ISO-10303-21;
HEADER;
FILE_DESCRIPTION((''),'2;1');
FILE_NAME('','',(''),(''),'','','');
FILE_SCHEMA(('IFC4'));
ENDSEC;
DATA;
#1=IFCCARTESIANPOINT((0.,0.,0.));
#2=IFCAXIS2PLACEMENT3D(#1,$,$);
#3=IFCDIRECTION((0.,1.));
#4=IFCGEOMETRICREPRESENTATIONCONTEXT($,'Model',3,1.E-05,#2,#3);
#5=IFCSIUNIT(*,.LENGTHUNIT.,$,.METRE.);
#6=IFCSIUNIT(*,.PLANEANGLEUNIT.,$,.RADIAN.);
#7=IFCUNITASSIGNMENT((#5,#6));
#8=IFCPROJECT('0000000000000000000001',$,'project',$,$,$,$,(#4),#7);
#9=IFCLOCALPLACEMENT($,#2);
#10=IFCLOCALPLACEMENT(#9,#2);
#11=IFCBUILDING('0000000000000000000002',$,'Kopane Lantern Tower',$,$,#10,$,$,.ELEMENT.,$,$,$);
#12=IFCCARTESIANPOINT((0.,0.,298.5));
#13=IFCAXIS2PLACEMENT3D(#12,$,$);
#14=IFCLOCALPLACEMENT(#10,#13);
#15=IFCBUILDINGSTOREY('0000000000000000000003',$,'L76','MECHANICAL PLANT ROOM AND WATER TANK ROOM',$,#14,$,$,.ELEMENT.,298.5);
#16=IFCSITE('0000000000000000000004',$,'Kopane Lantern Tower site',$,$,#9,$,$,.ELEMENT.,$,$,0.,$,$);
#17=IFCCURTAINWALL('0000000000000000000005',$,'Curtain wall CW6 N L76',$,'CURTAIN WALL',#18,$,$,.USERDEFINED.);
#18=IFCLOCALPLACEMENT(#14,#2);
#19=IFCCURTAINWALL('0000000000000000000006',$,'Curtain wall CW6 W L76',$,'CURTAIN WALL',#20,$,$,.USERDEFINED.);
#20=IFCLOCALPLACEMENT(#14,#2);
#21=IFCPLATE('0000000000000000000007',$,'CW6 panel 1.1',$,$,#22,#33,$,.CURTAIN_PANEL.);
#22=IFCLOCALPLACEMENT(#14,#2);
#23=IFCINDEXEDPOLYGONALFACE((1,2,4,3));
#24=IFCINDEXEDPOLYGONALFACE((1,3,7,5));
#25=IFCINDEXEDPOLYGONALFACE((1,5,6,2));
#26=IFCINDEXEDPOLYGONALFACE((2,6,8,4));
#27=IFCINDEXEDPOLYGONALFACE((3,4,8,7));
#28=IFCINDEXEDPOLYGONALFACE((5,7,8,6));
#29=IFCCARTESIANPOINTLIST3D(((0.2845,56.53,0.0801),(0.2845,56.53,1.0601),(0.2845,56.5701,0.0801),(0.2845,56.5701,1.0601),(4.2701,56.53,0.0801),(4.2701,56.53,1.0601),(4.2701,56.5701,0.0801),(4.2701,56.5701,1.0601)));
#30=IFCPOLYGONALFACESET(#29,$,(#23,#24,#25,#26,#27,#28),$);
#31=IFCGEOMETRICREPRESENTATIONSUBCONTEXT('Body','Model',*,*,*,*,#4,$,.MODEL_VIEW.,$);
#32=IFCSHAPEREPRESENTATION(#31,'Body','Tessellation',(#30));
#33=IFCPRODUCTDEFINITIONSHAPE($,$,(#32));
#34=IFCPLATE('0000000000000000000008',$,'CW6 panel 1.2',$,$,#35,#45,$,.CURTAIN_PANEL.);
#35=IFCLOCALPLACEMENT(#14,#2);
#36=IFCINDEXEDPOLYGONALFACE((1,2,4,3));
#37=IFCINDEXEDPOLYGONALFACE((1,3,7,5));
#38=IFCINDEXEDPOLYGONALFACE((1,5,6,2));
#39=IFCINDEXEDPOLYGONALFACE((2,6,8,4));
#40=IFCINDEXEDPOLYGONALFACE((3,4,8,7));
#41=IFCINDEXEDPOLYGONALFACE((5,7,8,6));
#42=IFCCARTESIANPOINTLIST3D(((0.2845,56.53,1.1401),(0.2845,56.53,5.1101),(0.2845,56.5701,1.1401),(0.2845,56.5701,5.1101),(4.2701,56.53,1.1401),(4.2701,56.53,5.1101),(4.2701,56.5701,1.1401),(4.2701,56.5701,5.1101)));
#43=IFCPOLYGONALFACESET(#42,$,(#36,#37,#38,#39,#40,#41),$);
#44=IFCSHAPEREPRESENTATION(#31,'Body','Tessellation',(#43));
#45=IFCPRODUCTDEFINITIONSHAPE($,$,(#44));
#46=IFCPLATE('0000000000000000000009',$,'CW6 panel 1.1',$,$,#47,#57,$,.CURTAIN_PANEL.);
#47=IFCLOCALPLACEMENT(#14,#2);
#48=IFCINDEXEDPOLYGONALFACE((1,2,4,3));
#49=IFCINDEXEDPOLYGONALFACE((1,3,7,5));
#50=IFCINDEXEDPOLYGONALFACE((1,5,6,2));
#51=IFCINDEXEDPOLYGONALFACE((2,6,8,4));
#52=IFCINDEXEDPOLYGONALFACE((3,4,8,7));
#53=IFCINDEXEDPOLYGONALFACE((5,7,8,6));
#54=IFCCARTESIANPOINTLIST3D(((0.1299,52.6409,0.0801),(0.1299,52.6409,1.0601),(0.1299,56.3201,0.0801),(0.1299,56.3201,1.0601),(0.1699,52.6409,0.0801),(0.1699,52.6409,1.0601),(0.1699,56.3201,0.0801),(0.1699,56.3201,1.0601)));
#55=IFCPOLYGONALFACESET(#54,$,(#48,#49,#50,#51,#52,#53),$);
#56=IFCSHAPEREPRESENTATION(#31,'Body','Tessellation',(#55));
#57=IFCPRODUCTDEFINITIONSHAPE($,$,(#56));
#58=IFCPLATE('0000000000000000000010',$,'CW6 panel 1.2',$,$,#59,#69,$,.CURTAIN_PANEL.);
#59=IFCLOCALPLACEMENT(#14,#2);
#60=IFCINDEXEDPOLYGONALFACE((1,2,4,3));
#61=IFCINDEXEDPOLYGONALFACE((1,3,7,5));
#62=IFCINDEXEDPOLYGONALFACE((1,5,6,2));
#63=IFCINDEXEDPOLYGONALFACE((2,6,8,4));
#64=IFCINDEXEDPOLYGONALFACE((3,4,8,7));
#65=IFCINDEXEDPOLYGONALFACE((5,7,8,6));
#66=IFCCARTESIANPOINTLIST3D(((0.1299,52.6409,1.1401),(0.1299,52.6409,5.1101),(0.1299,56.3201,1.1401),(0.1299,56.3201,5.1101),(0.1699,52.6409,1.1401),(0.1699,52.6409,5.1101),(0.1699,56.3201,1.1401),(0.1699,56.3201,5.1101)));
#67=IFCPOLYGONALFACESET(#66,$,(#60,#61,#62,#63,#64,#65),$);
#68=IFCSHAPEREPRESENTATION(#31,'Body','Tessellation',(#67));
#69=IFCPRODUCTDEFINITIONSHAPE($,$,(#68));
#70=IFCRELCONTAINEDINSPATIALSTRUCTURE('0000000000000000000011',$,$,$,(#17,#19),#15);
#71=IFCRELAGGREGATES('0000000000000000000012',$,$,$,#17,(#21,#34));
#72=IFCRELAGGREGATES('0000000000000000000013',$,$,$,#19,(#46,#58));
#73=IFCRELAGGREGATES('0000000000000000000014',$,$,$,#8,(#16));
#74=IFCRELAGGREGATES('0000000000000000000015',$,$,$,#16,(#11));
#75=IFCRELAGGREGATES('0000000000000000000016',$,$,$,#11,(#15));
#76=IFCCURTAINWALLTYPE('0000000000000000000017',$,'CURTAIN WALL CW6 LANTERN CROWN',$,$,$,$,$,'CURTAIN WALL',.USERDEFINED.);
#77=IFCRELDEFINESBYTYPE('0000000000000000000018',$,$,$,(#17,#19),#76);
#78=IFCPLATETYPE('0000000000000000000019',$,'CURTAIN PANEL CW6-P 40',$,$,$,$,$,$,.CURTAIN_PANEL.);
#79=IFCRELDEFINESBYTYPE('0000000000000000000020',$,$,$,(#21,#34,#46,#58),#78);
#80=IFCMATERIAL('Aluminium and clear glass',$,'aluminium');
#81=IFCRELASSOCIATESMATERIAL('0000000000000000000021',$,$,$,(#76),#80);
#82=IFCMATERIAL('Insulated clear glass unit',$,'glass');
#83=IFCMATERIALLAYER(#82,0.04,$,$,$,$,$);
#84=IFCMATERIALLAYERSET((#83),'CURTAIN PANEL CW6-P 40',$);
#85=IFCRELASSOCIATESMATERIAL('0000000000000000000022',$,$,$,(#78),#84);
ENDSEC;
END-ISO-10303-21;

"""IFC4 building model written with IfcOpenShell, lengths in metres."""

from ifc_helpers import new_model, si_unit, direction, frame, origin, origin_2d, place, context, subcontext, project, spatial, rectangle, extrude, material, layer, layer_set, type_object, element, aggregate, save


model = new_model("IFC4")

# Units and contexts
model_context = context("Model", 3, precision=1e-05, world=origin(), true_north=direction((0.0, 1.0)))
body_context = subcontext(model_context, "Body", "Model", "MODEL_VIEW")
ifc_project = project(units=[si_unit("LENGTHUNIT", "METRE"), si_unit("PLANEANGLEUNIT", "RADIAN")], contexts=[model_context])

# Site, building, storey
site_placement = place(None, origin())
site = spatial("IfcSite", under=ifc_project, at=site_placement, Name="Kopane Lantern Tower site", CompositionType="ELEMENT", RefElevation=0.0)
building_placement = place(site_placement, origin())
building = spatial("IfcBuilding", under=site, at=building_placement, Name="Kopane Lantern Tower", CompositionType="ELEMENT")
storey_placement = place(building_placement, frame((0.0, 0.0, 298.5)))
storey = spatial("IfcBuildingStorey", under=building, at=storey_placement, Name="L76", Description="MECHANICAL PLANT ROOM AND WATER TANK ROOM", CompositionType="ELEMENT", Elevation=298.5)

# Curtain walls
ifc_material_1 = material(Name="Aluminium and clear glass", Category="aluminium")
curtain_wall_type = type_object("IfcCurtainWallType", Name="CURTAIN WALL CW6 LANTERN CROWN", ElementType="CURTAIN WALL", PredefinedType="USERDEFINED", material=ifc_material_1)
curtain_wall_1_placement = place(storey_placement, origin())
curtain_wall_1 = element("IfcCurtainWall", 1, at=curtain_wall_1_placement, inside=storey, type_object=curtain_wall_type, Name="Curtain wall CW6 N L76", ObjectType="CURTAIN WALL", PredefinedType="USERDEFINED")
curtain_wall_2_placement = place(storey_placement, origin())
curtain_wall_2 = element("IfcCurtainWall", 2, at=curtain_wall_2_placement, inside=storey, type_object=curtain_wall_type, Name="Curtain wall CW6 W L76", ObjectType="CURTAIN WALL", PredefinedType="USERDEFINED")

# Plates
ifc_material_2 = material(Name="Insulated clear glass unit", Category="glass")
ifc_layer = layer(ifc_material_2, 0.04)
ifc_layer_set = layer_set([ifc_layer], Name="CURTAIN PANEL CW6-P 40")
plate_type = type_object("IfcPlateType", Name="CURTAIN PANEL CW6-P 40", PredefinedType="CURTAIN_PANEL", material=ifc_layer_set)
plate_1_placement = place(storey_placement, frame((2.2773, 56.55, 0.0801), z_axis=(0.0, 0.0, 1.0), x_axis=(-1.0, 0.0, 0.0)))
plate_1 = element("IfcPlate", 3, at=plate_1_placement, type_object=plate_type, Name="CW6 panel 1.1", PredefinedType="CURTAIN_PANEL", context=body_context, shape_type="SweptSolid", body=[
    extrude(rectangle(XDim=3.9856, YDim=0.04, at=origin_2d()), origin(), (0.0, 0.0, 1.0), 0.98),
])
plate_2_placement = place(storey_placement, frame((2.2773, 56.55, 1.1401), z_axis=(0.0, 0.0, 1.0), x_axis=(-1.0, 0.0, 0.0)))
plate_2 = element("IfcPlate", 4, at=plate_2_placement, type_object=plate_type, Name="CW6 panel 1.2", PredefinedType="CURTAIN_PANEL", context=body_context, shape_type="SweptSolid", body=[
    extrude(rectangle(XDim=3.9856, YDim=0.04, at=origin_2d()), origin(), (0.0, 0.0, 1.0), 3.97),
])
aggregate(curtain_wall_1, [plate_1, plate_2])
plate_3_placement = place(storey_placement, frame((0.1499, 54.4805, 0.0801), z_axis=(0.0, 0.0, 1.0), x_axis=(0.0, -1.0, 0.0)))
plate_3 = element("IfcPlate", 5, at=plate_3_placement, type_object=plate_type, Name="CW6 panel 1.1", PredefinedType="CURTAIN_PANEL", context=body_context, shape_type="SweptSolid", body=[
    extrude(rectangle(XDim=3.6792, YDim=0.04, at=origin_2d()), origin(), (0.0, 0.0, 1.0), 0.98),
])
plate_4_placement = place(storey_placement, frame((0.1499, 54.4805, 1.1401), z_axis=(0.0, 0.0, 1.0), x_axis=(0.0, -1.0, 0.0)))
plate_4 = element("IfcPlate", 6, at=plate_4_placement, type_object=plate_type, Name="CW6 panel 1.2", PredefinedType="CURTAIN_PANEL", context=body_context, shape_type="SweptSolid", body=[
    extrude(rectangle(XDim=3.6792, YDim=0.04, at=origin_2d()), origin(), (0.0, 0.0, 1.0), 3.97),
])
aggregate(curtain_wall_2, [plate_3, plate_4])

save(model, "model.ifc")
